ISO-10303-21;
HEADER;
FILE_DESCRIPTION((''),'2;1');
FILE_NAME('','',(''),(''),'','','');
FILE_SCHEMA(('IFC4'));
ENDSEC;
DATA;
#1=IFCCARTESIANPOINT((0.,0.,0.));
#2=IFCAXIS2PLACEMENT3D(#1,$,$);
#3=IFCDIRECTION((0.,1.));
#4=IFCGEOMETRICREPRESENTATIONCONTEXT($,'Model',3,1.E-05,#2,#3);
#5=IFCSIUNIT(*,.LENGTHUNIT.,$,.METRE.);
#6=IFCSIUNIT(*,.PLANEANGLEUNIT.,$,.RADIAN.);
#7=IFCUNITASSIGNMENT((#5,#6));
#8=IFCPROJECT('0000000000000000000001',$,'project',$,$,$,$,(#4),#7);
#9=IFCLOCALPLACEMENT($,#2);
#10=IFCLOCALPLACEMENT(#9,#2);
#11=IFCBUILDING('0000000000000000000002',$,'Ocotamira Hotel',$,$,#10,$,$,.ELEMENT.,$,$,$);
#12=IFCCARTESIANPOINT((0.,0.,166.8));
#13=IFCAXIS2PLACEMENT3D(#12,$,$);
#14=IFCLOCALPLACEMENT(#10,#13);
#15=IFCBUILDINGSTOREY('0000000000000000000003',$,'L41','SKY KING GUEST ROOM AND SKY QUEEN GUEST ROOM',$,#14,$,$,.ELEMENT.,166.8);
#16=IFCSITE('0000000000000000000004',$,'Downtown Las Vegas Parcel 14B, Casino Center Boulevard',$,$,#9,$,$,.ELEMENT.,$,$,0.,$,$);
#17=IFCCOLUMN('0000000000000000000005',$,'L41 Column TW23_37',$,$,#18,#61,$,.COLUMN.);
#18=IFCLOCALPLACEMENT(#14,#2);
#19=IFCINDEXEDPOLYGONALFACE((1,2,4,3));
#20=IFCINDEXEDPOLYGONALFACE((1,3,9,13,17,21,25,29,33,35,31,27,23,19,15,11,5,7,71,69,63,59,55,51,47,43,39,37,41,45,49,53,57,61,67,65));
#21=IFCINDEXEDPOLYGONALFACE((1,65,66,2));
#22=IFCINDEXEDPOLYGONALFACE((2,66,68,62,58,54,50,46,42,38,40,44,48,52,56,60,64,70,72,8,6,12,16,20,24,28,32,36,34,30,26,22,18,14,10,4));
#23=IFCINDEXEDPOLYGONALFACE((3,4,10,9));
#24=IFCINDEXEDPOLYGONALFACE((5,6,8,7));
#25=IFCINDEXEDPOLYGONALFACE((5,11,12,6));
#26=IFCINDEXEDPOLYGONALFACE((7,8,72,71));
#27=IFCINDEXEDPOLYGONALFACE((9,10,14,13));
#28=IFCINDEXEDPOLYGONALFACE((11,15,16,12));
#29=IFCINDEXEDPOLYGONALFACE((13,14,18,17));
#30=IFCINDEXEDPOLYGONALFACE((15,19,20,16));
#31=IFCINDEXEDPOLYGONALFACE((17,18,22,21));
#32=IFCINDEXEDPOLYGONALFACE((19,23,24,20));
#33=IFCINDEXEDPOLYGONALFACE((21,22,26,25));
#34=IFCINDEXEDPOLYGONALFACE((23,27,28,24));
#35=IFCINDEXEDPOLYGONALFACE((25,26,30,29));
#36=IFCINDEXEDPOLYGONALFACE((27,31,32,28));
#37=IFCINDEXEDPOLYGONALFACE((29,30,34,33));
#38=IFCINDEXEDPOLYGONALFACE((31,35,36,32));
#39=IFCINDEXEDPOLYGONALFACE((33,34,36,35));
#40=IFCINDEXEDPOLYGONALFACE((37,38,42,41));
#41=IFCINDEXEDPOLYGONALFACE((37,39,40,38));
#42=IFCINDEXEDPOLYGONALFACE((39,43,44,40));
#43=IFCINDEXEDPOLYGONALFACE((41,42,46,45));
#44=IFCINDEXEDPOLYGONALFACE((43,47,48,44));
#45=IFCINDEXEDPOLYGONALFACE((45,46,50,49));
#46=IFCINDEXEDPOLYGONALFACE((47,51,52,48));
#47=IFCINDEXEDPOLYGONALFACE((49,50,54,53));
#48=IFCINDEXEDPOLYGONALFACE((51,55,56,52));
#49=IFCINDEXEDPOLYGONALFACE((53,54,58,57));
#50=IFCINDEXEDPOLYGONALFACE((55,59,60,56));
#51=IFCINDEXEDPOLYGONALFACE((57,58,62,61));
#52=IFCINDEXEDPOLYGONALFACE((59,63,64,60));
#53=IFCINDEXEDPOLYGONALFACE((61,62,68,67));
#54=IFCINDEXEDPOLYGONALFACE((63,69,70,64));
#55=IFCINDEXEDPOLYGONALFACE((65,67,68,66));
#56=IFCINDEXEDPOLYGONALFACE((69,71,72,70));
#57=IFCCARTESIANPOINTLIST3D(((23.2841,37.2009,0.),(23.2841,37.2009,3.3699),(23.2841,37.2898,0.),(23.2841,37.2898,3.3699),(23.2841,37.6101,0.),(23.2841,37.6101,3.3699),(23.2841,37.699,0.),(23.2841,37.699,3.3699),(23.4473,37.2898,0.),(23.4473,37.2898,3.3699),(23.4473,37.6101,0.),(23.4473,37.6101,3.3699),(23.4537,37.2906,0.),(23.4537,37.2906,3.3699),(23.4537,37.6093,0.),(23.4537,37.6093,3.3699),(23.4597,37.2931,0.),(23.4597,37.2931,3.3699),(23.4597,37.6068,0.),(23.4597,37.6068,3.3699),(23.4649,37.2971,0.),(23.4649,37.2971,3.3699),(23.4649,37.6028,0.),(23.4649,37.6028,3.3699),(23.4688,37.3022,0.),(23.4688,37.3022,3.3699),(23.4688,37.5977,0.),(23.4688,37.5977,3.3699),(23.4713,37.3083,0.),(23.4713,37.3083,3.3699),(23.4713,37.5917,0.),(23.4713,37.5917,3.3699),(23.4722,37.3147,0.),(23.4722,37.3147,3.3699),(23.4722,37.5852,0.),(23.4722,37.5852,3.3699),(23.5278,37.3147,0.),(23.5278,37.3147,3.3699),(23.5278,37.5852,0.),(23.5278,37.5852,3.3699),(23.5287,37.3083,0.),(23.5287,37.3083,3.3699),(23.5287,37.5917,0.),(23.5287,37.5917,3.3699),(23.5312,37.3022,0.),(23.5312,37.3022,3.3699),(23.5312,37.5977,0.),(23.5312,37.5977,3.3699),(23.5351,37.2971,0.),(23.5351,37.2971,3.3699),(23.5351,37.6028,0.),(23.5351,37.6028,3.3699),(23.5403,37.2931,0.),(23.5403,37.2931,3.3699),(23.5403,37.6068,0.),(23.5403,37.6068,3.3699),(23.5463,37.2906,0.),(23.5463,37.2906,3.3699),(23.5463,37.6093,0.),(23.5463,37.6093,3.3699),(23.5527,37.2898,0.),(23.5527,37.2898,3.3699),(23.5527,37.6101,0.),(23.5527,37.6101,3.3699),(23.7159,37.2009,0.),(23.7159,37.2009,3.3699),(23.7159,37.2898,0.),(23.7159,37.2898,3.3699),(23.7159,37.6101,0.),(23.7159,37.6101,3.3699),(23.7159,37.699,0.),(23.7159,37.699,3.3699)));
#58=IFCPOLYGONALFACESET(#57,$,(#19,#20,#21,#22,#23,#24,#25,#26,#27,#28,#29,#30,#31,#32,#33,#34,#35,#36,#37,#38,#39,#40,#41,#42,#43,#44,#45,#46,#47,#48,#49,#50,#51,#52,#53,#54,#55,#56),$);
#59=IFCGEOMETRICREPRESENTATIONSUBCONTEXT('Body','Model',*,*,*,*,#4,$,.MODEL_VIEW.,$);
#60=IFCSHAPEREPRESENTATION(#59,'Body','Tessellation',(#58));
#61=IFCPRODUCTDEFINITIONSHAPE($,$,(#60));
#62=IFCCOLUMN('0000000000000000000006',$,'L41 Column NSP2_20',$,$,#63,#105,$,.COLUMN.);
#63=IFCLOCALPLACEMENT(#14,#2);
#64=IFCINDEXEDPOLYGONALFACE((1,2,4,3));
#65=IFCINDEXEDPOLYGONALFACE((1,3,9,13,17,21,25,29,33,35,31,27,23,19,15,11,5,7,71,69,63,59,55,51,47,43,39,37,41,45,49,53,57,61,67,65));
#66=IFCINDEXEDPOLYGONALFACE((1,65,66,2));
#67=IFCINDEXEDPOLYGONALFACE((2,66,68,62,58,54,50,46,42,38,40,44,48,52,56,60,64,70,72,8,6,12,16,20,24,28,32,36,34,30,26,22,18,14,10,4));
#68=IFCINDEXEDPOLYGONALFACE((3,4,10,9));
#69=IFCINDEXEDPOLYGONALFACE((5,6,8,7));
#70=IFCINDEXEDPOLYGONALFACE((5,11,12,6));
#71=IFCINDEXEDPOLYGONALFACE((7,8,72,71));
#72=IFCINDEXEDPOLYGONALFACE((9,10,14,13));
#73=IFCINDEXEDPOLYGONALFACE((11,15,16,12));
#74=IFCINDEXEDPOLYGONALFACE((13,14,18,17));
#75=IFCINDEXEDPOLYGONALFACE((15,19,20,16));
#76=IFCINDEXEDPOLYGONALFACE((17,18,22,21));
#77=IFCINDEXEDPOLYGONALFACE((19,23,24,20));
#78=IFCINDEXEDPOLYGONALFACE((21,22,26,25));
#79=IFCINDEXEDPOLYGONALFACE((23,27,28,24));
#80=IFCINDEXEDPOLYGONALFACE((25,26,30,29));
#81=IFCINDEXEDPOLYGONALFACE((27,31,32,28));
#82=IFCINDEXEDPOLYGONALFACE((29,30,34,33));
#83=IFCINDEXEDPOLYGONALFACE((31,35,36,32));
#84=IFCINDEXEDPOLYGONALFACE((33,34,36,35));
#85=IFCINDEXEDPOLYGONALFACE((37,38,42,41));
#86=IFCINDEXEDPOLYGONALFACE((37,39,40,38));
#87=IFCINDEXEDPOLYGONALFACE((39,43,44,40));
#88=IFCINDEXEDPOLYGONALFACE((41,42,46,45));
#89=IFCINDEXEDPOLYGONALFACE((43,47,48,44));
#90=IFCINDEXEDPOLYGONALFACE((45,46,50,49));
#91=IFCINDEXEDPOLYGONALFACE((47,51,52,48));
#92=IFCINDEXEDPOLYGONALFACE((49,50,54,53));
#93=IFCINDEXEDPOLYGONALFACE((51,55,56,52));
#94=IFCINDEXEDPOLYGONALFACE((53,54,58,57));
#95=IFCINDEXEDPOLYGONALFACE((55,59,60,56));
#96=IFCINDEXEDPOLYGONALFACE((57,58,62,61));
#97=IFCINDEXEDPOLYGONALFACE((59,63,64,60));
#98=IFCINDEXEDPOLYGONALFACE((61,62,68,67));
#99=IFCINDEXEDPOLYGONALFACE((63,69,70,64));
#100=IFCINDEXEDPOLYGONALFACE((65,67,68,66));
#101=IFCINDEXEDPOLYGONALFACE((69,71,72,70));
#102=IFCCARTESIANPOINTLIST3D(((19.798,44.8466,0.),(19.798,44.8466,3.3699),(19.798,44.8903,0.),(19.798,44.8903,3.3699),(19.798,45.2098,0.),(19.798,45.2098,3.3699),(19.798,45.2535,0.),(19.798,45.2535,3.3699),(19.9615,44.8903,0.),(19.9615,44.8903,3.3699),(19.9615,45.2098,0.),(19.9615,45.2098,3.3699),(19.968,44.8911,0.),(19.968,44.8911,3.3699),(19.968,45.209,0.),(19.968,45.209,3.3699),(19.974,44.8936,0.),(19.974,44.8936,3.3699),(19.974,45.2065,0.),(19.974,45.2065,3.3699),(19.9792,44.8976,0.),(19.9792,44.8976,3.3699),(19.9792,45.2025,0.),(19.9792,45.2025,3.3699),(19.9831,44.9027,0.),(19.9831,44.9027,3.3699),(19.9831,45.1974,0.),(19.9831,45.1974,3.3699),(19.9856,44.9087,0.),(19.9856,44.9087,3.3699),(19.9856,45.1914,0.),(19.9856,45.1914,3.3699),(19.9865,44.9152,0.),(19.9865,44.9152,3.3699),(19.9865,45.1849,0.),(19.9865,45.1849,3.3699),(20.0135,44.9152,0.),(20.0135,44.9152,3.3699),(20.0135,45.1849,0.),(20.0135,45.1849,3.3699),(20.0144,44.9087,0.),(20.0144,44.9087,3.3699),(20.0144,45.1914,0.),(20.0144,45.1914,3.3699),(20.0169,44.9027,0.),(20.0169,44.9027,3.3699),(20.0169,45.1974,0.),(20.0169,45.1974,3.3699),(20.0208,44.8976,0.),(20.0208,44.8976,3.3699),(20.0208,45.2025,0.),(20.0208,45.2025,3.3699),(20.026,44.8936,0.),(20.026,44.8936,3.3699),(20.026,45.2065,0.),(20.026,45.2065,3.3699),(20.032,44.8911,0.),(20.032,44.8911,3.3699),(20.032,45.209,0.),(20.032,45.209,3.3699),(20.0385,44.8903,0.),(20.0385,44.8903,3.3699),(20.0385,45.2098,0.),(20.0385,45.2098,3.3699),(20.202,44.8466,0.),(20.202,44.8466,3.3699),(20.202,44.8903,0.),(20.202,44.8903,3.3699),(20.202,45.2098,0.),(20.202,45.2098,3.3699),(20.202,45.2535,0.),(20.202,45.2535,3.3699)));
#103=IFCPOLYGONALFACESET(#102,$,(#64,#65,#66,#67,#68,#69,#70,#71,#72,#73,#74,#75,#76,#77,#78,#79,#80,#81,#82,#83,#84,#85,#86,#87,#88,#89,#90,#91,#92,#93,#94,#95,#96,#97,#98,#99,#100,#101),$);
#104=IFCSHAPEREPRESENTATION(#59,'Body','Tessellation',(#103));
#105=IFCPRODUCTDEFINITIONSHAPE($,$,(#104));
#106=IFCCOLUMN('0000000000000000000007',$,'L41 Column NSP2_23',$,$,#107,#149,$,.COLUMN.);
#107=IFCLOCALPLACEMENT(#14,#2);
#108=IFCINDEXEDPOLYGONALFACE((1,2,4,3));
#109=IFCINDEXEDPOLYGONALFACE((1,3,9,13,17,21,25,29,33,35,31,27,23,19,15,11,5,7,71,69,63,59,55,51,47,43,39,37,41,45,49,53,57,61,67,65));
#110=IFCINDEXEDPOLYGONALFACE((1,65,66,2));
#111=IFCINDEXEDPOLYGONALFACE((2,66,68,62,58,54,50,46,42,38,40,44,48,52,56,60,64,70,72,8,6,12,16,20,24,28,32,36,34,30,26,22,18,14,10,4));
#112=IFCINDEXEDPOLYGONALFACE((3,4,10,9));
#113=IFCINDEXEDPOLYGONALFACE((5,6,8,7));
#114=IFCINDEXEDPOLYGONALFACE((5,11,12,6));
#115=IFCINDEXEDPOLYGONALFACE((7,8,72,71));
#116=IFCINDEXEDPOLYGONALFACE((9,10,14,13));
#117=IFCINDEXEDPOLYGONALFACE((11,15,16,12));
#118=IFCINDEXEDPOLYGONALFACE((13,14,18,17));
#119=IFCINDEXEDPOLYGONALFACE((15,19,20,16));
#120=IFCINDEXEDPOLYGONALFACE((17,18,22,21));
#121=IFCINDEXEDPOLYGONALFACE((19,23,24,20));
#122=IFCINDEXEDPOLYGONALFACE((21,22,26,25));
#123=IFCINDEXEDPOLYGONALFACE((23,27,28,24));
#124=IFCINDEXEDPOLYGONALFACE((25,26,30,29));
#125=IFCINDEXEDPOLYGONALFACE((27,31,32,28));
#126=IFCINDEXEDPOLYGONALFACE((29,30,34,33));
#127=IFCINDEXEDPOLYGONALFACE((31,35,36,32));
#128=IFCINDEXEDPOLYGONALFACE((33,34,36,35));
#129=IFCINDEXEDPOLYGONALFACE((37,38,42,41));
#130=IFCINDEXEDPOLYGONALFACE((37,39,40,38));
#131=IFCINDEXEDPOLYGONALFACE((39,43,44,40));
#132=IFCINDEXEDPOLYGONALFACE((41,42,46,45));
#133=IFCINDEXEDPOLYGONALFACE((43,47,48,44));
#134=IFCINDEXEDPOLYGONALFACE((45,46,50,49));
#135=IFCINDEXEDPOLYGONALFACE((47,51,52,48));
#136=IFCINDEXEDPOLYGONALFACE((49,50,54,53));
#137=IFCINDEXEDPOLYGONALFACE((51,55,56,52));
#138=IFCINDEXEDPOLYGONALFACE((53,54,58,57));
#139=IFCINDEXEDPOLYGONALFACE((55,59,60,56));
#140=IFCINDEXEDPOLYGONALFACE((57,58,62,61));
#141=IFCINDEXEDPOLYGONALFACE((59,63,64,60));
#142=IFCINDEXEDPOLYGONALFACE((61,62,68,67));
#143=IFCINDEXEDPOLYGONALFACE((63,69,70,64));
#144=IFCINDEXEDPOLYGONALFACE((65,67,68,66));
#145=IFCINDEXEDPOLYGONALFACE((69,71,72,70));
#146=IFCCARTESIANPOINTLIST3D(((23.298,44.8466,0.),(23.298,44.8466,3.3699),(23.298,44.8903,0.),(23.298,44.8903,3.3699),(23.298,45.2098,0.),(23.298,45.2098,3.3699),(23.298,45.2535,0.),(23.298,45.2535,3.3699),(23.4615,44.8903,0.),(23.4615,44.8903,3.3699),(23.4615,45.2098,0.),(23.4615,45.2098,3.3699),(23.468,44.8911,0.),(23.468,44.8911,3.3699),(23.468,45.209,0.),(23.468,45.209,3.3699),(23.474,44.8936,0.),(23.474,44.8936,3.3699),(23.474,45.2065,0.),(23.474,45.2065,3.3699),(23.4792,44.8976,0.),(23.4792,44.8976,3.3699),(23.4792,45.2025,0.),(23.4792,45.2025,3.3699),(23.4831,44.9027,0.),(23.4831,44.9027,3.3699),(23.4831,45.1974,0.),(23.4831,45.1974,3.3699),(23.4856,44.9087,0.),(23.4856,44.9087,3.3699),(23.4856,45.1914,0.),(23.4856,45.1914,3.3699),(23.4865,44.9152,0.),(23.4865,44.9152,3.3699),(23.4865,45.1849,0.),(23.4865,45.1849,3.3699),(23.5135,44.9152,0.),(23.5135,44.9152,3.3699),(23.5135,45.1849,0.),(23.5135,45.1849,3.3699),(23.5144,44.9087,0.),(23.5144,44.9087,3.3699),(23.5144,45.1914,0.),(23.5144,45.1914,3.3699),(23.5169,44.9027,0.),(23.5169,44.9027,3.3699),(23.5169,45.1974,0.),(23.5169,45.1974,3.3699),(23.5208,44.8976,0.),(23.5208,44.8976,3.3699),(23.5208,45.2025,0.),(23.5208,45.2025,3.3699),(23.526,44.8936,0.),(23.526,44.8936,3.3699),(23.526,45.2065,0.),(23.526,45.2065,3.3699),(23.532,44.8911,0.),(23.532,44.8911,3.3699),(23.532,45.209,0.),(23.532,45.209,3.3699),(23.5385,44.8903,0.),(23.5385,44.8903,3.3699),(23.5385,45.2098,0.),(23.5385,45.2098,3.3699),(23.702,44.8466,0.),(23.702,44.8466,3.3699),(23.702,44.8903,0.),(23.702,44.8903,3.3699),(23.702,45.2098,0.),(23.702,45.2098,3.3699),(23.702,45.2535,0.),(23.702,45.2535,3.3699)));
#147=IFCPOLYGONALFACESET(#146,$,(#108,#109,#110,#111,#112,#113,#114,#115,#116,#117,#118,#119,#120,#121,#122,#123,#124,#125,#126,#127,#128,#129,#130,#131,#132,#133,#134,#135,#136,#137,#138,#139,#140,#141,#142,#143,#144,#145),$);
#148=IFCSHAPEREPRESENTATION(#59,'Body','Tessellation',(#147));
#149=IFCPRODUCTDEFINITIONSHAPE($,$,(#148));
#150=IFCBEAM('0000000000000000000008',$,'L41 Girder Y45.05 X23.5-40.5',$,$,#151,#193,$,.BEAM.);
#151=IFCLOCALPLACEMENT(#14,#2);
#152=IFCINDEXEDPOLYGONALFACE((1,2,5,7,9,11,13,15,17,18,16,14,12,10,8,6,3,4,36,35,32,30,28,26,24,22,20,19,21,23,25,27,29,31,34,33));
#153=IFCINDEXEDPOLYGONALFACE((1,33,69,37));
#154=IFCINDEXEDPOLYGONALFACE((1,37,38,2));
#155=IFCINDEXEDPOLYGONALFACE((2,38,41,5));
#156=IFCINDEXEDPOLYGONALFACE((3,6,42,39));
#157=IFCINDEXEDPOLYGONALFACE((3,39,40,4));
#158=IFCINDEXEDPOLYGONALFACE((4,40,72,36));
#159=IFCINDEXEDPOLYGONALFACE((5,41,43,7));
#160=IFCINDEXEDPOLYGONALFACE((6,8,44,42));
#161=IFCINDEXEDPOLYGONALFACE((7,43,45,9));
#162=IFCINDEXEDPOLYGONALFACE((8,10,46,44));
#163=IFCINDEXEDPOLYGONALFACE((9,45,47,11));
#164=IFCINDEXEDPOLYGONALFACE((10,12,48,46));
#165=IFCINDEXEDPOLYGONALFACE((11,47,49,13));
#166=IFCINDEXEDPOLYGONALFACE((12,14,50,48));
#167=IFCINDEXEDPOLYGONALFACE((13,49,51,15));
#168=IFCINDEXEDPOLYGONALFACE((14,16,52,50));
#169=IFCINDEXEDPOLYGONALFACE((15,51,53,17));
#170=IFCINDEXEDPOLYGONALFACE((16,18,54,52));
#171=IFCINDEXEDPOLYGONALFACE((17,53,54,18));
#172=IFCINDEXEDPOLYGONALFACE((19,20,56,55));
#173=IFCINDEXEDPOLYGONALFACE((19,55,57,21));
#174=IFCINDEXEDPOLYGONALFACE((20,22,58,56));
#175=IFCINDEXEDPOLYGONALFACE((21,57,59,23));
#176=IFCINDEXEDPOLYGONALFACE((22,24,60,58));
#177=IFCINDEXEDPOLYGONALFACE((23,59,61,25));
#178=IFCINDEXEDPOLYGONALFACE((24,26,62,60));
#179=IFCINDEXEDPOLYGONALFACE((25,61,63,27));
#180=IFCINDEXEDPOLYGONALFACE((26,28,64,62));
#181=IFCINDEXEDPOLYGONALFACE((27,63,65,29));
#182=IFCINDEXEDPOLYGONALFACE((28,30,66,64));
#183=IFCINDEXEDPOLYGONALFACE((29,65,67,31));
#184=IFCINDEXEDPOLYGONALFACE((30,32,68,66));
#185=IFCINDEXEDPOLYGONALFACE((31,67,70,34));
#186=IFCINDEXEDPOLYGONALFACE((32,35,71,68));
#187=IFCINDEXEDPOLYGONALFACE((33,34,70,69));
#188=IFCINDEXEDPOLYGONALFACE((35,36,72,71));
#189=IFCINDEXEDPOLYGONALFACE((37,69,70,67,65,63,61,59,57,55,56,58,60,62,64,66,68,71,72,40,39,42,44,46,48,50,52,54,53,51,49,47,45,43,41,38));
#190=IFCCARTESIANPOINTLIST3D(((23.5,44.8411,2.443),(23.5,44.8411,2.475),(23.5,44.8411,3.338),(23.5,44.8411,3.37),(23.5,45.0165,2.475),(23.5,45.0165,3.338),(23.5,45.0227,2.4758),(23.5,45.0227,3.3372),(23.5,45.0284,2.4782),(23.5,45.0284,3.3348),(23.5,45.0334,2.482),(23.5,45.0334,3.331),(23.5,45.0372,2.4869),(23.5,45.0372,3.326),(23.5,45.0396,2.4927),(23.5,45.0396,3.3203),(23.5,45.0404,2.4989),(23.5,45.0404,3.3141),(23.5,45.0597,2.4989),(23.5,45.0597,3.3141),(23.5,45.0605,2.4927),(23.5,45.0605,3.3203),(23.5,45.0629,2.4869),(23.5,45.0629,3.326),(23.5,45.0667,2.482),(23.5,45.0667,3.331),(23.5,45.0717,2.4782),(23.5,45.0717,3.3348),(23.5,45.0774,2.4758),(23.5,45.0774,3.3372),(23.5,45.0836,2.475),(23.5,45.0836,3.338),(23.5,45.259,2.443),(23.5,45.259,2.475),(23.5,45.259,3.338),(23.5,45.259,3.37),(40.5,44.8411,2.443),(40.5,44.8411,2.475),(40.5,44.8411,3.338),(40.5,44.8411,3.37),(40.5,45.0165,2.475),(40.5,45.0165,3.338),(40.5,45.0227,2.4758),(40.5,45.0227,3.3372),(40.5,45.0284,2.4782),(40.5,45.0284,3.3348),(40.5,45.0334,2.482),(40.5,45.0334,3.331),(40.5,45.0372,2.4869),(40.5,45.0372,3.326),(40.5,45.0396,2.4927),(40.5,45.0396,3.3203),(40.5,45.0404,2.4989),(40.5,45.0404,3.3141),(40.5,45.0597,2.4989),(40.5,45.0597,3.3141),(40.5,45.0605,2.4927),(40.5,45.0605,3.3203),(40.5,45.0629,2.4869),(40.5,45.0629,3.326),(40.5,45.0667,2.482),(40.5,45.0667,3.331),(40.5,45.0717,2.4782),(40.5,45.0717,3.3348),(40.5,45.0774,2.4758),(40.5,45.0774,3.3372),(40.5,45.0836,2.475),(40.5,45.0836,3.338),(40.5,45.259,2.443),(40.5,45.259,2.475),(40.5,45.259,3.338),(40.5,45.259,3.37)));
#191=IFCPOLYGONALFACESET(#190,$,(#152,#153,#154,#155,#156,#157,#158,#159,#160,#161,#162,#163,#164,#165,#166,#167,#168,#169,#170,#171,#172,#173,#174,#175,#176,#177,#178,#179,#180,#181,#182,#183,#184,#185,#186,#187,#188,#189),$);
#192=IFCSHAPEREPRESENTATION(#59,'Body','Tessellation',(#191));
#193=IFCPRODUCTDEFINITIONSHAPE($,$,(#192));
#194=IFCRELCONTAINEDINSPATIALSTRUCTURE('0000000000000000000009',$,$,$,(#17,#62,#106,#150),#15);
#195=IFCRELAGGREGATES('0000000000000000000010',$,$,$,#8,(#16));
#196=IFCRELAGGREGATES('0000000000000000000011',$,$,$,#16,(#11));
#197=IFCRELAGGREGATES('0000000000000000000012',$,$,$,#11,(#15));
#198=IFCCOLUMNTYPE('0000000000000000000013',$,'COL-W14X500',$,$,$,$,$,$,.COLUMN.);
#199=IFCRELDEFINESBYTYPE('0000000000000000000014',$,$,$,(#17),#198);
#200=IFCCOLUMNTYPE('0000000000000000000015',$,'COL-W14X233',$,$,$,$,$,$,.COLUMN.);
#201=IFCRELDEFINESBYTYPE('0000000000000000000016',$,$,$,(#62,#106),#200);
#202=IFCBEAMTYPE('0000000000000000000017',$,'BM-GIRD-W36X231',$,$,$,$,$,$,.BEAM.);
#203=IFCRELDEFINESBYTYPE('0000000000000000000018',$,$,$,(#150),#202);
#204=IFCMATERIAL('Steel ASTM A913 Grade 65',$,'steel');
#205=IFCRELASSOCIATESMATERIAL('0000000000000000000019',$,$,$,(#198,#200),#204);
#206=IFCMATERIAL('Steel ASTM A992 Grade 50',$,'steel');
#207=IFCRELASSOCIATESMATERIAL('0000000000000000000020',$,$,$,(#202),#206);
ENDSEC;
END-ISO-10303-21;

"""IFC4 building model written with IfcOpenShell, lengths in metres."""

from ifc_helpers import new_model, si_unit, direction, frame, origin, origin_2d, place, context, subcontext, project, spatial, i_section, extrude, source, transform, mapped, material, material_profile, profile_set, type_object, element, save


model = new_model("IFC4")

# Units and contexts
model_context = context("Model", 3, precision=1e-05, world=origin(), true_north=direction((0.0, 1.0)))
body_context = subcontext(model_context, "Body", "Model", "MODEL_VIEW")
ifc_project = project(units=[si_unit("LENGTHUNIT", "METRE"), si_unit("PLANEANGLEUNIT", "RADIAN")], contexts=[model_context])

# Site, building, storey
site_placement = place(None, origin())
site = spatial("IfcSite", under=ifc_project, at=site_placement, Name="Downtown Las Vegas Parcel 14B, Casino Center Boulevard", CompositionType="ELEMENT", RefElevation=0.0)
building_placement = place(site_placement, origin())
building = spatial("IfcBuilding", under=site, at=building_placement, Name="Ocotamira Hotel", CompositionType="ELEMENT")
storey_placement = place(building_placement, frame((0.0, 0.0, 166.8)))
storey = spatial("IfcBuildingStorey", under=building, at=storey_placement, Name="L41", Description="SKY KING GUEST ROOM AND SKY QUEEN GUEST ROOM", CompositionType="ELEMENT", Elevation=166.8)

# Columns
ifc_material_1 = material(Name="Steel ASTM A913 Grade 65", Category="steel")
ifc_material_profile_1 = material_profile(ifc_material_1, i_section(OverallWidth=0.4319, OverallDepth=0.498, WebThickness=0.0557, FlangeThickness=0.0889, FilletRadius=0.0249, at=origin_2d()), Name="W14X500")
ifc_profile_set_1 = profile_set([ifc_material_profile_1], Name="Steel ASTM A913 Grade 65")
column_type_1 = type_object("IfcColumnType", Name="COL-W14X500", PredefinedType="COLUMN", material=ifc_profile_set_1)
shared_shape_1 = source(origin(), body_context, "Body", "SweptSolid", [
    extrude(i_section(OverallWidth=0.4319, OverallDepth=0.498, WebThickness=0.0557, FlangeThickness=0.0889, FilletRadius=0.0249, at=origin_2d()), origin(), (0.0, 0.0, 1.0), 3.3699),
])
column_placement = place(storey_placement, frame((23.5, 37.45, 0.0), z_axis=(0.0, 0.0, 1.0), x_axis=(1.0, 0.0, 0.0)))
element("IfcColumn", 1, at=column_placement, inside=storey, type_object=column_type_1, Name="L41 Column TW23_37", PredefinedType="COLUMN", context=body_context, shape_type="MappedRepresentation", body=[
    mapped(shared_shape_1, transform((0.0, 0.0, 0.0), scale=1.0)),
])
ifc_material_profile_2 = material_profile(ifc_material_1, i_section(OverallWidth=0.4041, OverallDepth=0.407, WebThickness=0.0271, FlangeThickness=0.0437, FilletRadius=0.0249, at=origin_2d()), Name="W14X233")
ifc_profile_set_2 = profile_set([ifc_material_profile_2], Name="Steel ASTM A913 Grade 65")
column_type_2 = type_object("IfcColumnType", Name="COL-W14X233", PredefinedType="COLUMN", material=ifc_profile_set_2)
shared_shape_2 = source(origin(), body_context, "Body", "SweptSolid", [
    extrude(i_section(OverallWidth=0.4041, OverallDepth=0.407, WebThickness=0.0271, FlangeThickness=0.0437, FilletRadius=0.0249, at=origin_2d()), origin(), (0.0, 0.0, 1.0), 3.3699),
])
for number, where, z_axis, x_axis, name in (
    (2, (20.0, 45.05, 0.0), (0.0, 0.0, 1.0), (1.0, 0.0, 0.0), "L41 Column NSP2_20"),
    (3, (23.5, 45.05, 0.0), (0.0, 0.0, 1.0), (1.0, 0.0, 0.0), "L41 Column NSP2_23"),
):
    element("IfcColumn", number, at=place(storey_placement, frame(where, z_axis=z_axis, x_axis=x_axis)), inside=storey, type_object=column_type_2, Name=name, PredefinedType="COLUMN", context=body_context, shape_type="MappedRepresentation", body=[
        mapped(shared_shape_2, transform((0.0, 0.0, 0.0), scale=1.0)),
    ])

# Beam
ifc_material_2 = material(Name="Steel ASTM A992 Grade 50", Category="steel")
ifc_material_profile_3 = material_profile(ifc_material_2, i_section(OverallWidth=0.418, OverallDepth=0.927, WebThickness=0.0193, FlangeThickness=0.032, FilletRadius=0.0239, at=origin_2d()), Name="W36X231")
ifc_profile_set_3 = profile_set([ifc_material_profile_3], Name="Steel ASTM A992 Grade 50")
beam_type_1 = type_object("IfcBeamType", Name="BM-GIRD-W36X231", PredefinedType="BEAM", material=ifc_profile_set_3)
shared_shape_3 = source(origin(), body_context, "Body", "SweptSolid", [
    extrude(i_section(OverallWidth=0.418, OverallDepth=0.927, WebThickness=0.0193, FlangeThickness=0.032, FilletRadius=0.0239, at=origin_2d()), origin(), (0.0, 0.0, 1.0), 17.0),
])
beam_1_placement = place(storey_placement, frame((23.5, 45.05, 2.9065), z_axis=(1.0, 0.0, 0.0), x_axis=(0.0, 1.0, 0.0)))
element("IfcBeam", 4, at=beam_1_placement, inside=storey, type_object=beam_type_1, Name="L41 Girder Y45.05 X23.5-40.5", PredefinedType="BEAM", context=body_context, shape_type="MappedRepresentation", body=[
    mapped(shared_shape_3, transform((0.0, 0.0, 0.0), scale=1.0)),
])

save(model, "model.ifc")
